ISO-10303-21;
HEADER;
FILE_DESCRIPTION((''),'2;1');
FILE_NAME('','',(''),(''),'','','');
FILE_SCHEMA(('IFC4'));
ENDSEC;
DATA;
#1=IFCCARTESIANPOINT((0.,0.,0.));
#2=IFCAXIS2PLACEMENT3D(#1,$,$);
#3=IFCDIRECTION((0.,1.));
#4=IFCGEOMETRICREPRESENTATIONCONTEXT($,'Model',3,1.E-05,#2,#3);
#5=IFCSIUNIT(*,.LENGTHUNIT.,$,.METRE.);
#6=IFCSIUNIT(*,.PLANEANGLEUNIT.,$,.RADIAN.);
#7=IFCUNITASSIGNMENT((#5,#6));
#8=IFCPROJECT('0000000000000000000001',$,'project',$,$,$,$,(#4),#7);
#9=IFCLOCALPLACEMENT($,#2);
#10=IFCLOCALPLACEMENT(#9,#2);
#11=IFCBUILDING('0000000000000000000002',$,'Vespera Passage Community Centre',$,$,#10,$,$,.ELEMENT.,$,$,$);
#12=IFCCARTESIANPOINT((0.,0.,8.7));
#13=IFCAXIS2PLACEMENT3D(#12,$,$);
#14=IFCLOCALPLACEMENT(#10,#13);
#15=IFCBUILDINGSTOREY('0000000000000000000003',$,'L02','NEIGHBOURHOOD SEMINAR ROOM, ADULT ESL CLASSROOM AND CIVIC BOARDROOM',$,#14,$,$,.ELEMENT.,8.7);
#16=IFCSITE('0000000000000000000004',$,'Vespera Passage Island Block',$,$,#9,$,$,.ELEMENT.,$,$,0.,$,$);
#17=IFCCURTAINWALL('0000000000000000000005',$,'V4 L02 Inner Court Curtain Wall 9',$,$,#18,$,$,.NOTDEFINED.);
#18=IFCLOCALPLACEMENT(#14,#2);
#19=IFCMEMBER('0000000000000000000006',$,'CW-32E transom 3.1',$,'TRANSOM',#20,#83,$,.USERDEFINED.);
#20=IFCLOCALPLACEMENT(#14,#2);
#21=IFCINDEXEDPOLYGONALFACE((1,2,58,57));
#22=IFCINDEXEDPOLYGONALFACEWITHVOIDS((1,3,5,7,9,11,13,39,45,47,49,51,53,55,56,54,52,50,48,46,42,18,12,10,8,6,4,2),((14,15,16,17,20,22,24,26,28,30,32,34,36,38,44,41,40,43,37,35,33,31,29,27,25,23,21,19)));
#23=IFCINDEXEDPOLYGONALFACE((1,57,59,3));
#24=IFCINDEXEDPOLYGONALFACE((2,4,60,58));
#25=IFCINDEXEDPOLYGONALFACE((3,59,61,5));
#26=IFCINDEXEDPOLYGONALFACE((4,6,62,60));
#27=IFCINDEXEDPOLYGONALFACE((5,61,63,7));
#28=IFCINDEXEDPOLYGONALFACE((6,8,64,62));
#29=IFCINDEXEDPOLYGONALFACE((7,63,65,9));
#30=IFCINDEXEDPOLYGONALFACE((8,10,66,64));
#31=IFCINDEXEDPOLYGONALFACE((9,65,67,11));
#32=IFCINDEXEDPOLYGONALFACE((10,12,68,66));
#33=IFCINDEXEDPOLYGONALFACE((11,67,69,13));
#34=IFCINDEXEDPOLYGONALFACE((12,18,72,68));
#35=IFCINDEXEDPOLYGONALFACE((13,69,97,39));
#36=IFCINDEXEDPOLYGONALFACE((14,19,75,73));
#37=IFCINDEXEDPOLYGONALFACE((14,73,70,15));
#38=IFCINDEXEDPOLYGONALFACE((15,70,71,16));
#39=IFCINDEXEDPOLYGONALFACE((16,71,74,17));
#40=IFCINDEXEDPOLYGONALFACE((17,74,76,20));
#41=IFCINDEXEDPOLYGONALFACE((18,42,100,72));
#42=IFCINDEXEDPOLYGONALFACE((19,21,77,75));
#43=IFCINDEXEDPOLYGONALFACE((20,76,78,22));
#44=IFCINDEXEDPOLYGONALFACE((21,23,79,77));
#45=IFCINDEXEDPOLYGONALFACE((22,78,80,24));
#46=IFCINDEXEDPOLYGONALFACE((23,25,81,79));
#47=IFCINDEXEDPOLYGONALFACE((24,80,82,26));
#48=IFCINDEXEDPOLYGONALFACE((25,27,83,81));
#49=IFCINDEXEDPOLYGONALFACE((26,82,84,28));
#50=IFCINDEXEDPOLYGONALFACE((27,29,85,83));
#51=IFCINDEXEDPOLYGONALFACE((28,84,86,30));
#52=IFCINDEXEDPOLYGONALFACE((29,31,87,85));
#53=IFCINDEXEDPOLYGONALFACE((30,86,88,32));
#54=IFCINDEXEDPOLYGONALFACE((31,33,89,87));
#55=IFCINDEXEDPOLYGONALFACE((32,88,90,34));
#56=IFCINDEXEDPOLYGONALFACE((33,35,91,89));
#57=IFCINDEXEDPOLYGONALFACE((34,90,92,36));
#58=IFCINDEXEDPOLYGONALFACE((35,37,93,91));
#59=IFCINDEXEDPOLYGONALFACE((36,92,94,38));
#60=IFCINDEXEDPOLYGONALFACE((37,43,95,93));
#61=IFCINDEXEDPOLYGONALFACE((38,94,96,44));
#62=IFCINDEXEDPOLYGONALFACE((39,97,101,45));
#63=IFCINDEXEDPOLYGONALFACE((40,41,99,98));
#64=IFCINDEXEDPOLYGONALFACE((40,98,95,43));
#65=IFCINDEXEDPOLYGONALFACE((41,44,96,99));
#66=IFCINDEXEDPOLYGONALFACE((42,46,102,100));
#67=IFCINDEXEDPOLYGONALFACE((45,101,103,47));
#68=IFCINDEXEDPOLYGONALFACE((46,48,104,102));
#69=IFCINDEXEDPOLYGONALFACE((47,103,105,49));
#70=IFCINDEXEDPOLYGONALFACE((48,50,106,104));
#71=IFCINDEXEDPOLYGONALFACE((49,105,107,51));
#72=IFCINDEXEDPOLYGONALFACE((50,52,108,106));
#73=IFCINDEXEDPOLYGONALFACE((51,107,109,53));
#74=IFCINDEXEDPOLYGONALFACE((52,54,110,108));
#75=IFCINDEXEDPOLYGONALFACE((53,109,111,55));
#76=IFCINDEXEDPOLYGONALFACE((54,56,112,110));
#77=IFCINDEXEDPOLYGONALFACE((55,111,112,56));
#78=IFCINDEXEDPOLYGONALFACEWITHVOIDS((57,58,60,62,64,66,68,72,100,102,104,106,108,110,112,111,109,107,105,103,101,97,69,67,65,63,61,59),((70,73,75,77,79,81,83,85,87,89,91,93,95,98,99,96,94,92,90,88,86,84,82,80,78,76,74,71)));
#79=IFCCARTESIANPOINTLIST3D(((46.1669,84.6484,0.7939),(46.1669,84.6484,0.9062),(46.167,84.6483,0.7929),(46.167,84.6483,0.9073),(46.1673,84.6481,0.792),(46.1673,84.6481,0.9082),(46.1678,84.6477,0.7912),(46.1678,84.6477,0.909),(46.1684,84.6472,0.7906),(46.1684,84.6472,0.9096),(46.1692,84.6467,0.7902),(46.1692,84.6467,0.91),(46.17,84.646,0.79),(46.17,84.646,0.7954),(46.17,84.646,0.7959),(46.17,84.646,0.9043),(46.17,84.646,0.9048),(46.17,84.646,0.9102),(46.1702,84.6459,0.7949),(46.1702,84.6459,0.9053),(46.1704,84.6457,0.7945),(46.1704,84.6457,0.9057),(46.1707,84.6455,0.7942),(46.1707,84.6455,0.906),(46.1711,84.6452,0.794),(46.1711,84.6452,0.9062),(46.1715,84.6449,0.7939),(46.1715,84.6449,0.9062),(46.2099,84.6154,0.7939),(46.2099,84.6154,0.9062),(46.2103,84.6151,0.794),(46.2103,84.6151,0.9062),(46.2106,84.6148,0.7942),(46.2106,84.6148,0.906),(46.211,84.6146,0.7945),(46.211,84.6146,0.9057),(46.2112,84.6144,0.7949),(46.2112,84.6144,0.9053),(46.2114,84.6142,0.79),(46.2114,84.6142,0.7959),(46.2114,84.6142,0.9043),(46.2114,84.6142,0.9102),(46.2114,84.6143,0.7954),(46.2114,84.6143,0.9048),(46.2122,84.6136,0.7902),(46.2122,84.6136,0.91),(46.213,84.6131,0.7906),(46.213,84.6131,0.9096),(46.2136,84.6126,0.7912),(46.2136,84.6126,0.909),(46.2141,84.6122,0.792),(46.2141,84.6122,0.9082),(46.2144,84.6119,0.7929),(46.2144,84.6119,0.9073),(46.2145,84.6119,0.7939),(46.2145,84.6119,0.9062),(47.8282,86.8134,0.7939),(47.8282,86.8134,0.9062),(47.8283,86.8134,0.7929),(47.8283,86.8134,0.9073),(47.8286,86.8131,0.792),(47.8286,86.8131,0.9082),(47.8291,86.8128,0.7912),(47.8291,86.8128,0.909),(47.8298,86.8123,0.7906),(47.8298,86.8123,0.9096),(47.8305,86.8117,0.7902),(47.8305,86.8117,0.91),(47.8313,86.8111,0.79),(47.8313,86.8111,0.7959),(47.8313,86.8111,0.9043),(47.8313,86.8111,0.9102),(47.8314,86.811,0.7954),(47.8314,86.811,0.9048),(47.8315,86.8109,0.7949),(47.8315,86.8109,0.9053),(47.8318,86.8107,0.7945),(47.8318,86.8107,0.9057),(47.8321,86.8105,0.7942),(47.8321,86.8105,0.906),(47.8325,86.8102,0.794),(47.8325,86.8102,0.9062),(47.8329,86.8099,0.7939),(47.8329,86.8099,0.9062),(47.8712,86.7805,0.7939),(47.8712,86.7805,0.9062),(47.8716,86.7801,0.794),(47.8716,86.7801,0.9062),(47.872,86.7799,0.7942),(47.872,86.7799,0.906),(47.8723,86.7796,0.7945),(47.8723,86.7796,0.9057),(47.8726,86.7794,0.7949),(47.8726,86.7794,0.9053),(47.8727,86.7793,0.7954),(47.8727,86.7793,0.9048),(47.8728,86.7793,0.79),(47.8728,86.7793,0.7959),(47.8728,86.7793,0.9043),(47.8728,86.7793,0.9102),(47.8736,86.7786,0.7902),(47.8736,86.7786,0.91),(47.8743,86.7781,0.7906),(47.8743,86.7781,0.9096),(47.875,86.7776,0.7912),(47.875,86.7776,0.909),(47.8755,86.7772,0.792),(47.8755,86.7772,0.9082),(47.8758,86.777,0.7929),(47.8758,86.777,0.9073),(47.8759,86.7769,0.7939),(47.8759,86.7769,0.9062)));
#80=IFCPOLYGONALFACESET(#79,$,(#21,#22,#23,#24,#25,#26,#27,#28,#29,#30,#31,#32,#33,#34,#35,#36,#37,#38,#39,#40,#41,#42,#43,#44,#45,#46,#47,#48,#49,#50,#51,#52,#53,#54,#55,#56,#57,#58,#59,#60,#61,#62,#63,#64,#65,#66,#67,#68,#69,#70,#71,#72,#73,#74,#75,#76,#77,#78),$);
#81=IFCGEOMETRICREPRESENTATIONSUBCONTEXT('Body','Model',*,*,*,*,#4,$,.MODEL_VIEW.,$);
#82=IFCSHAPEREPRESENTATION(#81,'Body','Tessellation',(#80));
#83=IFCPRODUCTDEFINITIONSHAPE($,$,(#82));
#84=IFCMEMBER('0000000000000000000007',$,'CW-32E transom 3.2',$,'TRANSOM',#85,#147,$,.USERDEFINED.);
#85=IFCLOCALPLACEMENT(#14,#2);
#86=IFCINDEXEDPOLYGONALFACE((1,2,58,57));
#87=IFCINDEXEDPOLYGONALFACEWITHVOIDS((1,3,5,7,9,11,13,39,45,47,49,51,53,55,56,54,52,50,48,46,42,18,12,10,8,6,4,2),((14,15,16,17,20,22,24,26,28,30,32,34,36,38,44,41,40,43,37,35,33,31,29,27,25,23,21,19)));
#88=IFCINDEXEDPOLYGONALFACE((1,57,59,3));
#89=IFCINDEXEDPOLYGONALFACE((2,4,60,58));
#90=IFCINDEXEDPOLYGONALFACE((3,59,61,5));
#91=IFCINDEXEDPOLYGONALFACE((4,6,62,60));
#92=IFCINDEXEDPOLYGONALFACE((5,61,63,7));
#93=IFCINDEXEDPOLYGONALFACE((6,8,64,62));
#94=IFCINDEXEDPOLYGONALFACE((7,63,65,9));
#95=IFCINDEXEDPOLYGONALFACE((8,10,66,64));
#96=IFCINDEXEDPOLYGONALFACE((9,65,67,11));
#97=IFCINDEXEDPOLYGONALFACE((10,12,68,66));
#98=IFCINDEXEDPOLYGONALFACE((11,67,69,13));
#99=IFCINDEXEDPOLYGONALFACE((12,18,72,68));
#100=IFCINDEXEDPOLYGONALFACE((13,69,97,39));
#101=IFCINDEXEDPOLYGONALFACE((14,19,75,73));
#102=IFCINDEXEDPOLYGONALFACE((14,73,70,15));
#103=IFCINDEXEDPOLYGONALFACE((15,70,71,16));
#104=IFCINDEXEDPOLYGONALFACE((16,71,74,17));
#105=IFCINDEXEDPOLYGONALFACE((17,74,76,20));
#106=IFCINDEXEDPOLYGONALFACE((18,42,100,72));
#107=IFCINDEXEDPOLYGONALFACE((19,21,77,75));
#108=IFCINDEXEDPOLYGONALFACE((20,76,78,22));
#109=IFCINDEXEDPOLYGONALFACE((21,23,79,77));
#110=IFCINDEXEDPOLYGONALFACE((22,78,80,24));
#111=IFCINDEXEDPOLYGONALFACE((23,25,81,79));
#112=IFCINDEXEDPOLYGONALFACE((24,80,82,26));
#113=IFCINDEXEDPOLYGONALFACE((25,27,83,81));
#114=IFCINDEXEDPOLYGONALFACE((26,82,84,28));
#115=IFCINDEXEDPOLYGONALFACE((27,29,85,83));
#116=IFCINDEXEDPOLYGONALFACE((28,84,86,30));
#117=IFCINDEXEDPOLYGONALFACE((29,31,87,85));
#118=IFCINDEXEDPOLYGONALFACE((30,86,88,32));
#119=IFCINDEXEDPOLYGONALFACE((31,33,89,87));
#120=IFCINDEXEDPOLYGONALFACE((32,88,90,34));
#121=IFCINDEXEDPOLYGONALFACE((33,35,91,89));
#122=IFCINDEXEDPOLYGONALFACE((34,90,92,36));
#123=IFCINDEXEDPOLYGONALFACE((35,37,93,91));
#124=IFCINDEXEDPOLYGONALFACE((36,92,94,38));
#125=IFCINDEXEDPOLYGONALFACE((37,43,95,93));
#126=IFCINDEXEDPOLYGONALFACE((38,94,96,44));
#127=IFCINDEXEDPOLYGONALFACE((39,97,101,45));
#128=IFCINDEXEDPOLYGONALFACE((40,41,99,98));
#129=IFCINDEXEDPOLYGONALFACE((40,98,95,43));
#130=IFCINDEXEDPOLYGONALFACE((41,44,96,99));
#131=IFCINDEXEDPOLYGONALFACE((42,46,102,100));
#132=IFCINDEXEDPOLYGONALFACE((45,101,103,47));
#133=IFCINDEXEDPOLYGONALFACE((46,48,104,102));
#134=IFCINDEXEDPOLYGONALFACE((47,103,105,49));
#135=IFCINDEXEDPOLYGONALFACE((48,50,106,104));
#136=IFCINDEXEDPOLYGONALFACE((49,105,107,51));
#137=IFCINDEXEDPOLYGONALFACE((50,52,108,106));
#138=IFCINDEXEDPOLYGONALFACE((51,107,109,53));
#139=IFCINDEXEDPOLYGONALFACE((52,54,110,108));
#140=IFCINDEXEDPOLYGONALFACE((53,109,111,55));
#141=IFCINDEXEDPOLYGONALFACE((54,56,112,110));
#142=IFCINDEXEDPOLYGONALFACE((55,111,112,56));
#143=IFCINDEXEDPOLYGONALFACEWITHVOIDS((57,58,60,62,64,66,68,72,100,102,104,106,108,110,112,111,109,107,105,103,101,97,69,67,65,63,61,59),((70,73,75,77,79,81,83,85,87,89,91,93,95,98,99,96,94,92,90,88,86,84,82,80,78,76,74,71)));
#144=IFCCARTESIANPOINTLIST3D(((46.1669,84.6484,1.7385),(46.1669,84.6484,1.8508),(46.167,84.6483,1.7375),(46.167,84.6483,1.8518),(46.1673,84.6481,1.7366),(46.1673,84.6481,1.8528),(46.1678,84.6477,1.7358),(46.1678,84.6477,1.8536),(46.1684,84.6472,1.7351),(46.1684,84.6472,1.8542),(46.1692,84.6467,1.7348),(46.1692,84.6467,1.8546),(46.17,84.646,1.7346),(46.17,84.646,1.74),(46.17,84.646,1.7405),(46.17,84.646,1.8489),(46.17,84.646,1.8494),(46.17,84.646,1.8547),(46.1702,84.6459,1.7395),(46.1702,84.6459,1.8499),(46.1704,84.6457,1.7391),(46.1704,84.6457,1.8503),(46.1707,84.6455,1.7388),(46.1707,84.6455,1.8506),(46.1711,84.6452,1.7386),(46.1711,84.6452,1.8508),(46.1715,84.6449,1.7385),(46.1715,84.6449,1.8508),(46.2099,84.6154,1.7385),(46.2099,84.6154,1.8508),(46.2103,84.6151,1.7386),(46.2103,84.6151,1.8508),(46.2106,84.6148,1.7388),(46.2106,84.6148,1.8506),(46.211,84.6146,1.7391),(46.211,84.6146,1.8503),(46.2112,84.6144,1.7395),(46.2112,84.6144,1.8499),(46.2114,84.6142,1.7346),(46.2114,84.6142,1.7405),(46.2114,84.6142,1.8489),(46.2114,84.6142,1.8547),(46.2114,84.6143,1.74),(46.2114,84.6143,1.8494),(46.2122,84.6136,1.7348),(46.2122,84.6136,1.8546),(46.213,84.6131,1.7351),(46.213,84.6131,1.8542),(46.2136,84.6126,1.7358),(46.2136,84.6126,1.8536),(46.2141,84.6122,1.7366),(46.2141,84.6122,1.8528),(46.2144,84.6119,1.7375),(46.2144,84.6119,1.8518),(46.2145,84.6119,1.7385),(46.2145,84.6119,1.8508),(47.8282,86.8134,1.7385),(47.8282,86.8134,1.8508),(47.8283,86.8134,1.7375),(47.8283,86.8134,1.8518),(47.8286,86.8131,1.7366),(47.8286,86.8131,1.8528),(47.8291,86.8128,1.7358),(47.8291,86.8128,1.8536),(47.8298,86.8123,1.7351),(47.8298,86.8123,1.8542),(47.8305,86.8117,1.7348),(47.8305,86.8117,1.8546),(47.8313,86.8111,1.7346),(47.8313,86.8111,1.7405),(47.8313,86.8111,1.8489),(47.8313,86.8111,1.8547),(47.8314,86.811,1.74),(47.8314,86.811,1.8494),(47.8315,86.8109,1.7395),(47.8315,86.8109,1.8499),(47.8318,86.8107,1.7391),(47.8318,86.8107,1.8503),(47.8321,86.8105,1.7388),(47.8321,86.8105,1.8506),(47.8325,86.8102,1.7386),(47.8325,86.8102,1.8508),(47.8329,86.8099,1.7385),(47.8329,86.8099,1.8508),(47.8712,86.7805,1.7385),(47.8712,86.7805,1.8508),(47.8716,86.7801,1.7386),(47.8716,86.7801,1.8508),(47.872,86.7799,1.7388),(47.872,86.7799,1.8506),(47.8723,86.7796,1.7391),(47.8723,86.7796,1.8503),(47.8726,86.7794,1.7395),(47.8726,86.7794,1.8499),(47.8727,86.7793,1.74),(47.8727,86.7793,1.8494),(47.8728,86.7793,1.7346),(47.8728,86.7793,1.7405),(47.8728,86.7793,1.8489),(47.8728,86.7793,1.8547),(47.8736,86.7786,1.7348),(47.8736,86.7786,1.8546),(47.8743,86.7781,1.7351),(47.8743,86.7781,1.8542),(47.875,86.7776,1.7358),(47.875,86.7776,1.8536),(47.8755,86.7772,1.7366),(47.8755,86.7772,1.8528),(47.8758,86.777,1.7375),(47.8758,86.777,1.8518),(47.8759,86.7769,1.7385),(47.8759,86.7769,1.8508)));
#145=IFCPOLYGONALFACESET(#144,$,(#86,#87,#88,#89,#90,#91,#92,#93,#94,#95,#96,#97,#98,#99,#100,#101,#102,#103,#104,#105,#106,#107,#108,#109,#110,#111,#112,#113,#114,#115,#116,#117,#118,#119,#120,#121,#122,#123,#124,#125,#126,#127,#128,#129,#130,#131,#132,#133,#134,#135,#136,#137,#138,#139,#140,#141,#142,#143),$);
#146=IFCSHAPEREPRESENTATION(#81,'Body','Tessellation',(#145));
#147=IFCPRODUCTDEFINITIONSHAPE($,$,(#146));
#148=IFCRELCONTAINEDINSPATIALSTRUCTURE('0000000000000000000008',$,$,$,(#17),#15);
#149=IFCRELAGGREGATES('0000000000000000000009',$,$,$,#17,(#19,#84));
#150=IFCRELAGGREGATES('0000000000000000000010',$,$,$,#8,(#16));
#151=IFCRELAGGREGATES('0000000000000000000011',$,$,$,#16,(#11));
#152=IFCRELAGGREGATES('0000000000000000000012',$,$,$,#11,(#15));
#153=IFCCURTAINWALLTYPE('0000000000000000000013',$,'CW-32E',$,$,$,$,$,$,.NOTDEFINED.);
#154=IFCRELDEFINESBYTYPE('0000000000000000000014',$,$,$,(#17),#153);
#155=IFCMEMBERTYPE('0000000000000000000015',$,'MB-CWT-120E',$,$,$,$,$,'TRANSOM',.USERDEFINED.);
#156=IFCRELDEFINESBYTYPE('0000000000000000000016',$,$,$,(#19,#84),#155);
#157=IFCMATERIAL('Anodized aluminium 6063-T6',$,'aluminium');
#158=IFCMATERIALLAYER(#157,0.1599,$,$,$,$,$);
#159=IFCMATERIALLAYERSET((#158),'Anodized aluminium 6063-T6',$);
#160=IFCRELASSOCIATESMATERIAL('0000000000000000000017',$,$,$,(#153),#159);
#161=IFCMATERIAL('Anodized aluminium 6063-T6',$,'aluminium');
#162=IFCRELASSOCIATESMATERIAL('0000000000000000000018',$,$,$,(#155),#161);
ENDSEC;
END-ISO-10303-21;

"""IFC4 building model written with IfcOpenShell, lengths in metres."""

from ifc_helpers import new_model, si_unit, direction, frame, origin, origin_2d, place, context, subcontext, project, spatial, hollow_rectangle, extrude, material, layer, layer_set, material_profile, profile_set, type_object, element, aggregate, save


model = new_model("IFC4")

# Units and contexts
model_context = context("Model", 3, precision=1e-05, world=origin(), true_north=direction((0.0, 1.0)))
body_context = subcontext(model_context, "Body", "Model", "MODEL_VIEW")
ifc_project = project(units=[si_unit("LENGTHUNIT", "METRE"), si_unit("PLANEANGLEUNIT", "RADIAN")], contexts=[model_context])

# Site, building, storey
site_placement = place(None, origin())
site = spatial("IfcSite", under=ifc_project, at=site_placement, Name="Vespera Passage Island Block", CompositionType="ELEMENT", RefElevation=0.0)
building_placement = place(site_placement, origin())
building = spatial("IfcBuilding", under=site, at=building_placement, Name="Vespera Passage Community Centre", CompositionType="ELEMENT")
storey_placement = place(building_placement, frame((0.0, 0.0, 8.7)))
storey = spatial("IfcBuildingStorey", under=building, at=storey_placement, Name="L02", Description="NEIGHBOURHOOD SEMINAR ROOM, ADULT ESL CLASSROOM AND CIVIC BOARDROOM", CompositionType="ELEMENT", Elevation=8.7)

# Curtain wall
ifc_material_1 = material(Name="Anodized aluminium 6063-T6", Category="aluminium")
ifc_layer_1 = layer(ifc_material_1, 0.1599)
ifc_layer_set_1 = layer_set([ifc_layer_1], Name="Anodized aluminium 6063-T6")
curtain_wall_type_1 = type_object("IfcCurtainWallType", Name="CW-32E", PredefinedType="NOTDEFINED", material=ifc_layer_set_1)
curtain_wall_1_placement = place(storey_placement, origin())
curtain_wall_1 = element("IfcCurtainWall", 1, at=curtain_wall_1_placement, inside=storey, type_object=curtain_wall_type_1, Name="V4 L02 Inner Court Curtain Wall 9", PredefinedType="NOTDEFINED")

# Members
ifc_material_2 = material(Name="Anodized aluminium 6063-T6", Category="aluminium")
ifc_material_profile_1 = material_profile(ifc_material_2, hollow_rectangle(XDim=0.0601, YDim=0.1201, WallThickness=0.0039, InnerFilletRadius=0.002, OuterFilletRadius=0.0039, at=origin_2d()), Name="ALU120X60X4")
ifc_profile_set_1 = profile_set([ifc_material_profile_1], Name="Anodized aluminium 6063-T6")
member_type_1 = type_object("IfcMemberType", Name="MB-CWT-120E", ElementType="TRANSOM", PredefinedType="USERDEFINED", material=ifc_profile_set_1)
member_1_placement = place(storey_placement, frame((47.8521, 86.7952, 0.8501), z_axis=(-0.608781, -0.793338, 0.0), x_axis=(0.793338, -0.608781, 0.0)))
member_1 = element("IfcMember", 2, at=member_1_placement, type_object=member_type_1, Name="CW-32E transom 3.1", ObjectType="TRANSOM", PredefinedType="USERDEFINED", context=body_context, shape_type="SweptSolid", body=[
    extrude(hollow_rectangle(XDim=0.0601, YDim=0.1201, WallThickness=0.0039, InnerFilletRadius=0.002, OuterFilletRadius=0.0039, at=origin_2d()), origin(), (0.0, 0.0, 1.0), 2.729),
])
member_2_placement = place(storey_placement, frame((47.8521, 86.7952, 1.7947), z_axis=(-0.608781, -0.793338, 0.0), x_axis=(0.793338, -0.608781, 0.0)))
member_2 = element("IfcMember", 3, at=member_2_placement, type_object=member_type_1, Name="CW-32E transom 3.2", ObjectType="TRANSOM", PredefinedType="USERDEFINED", context=body_context, shape_type="SweptSolid", body=[
    extrude(hollow_rectangle(XDim=0.0601, YDim=0.1201, WallThickness=0.0039, InnerFilletRadius=0.002, OuterFilletRadius=0.0039, at=origin_2d()), origin(), (0.0, 0.0, 1.0), 2.729),
])

aggregate(curtain_wall_1, [member_1, member_2])

save(model, "model.ifc")
